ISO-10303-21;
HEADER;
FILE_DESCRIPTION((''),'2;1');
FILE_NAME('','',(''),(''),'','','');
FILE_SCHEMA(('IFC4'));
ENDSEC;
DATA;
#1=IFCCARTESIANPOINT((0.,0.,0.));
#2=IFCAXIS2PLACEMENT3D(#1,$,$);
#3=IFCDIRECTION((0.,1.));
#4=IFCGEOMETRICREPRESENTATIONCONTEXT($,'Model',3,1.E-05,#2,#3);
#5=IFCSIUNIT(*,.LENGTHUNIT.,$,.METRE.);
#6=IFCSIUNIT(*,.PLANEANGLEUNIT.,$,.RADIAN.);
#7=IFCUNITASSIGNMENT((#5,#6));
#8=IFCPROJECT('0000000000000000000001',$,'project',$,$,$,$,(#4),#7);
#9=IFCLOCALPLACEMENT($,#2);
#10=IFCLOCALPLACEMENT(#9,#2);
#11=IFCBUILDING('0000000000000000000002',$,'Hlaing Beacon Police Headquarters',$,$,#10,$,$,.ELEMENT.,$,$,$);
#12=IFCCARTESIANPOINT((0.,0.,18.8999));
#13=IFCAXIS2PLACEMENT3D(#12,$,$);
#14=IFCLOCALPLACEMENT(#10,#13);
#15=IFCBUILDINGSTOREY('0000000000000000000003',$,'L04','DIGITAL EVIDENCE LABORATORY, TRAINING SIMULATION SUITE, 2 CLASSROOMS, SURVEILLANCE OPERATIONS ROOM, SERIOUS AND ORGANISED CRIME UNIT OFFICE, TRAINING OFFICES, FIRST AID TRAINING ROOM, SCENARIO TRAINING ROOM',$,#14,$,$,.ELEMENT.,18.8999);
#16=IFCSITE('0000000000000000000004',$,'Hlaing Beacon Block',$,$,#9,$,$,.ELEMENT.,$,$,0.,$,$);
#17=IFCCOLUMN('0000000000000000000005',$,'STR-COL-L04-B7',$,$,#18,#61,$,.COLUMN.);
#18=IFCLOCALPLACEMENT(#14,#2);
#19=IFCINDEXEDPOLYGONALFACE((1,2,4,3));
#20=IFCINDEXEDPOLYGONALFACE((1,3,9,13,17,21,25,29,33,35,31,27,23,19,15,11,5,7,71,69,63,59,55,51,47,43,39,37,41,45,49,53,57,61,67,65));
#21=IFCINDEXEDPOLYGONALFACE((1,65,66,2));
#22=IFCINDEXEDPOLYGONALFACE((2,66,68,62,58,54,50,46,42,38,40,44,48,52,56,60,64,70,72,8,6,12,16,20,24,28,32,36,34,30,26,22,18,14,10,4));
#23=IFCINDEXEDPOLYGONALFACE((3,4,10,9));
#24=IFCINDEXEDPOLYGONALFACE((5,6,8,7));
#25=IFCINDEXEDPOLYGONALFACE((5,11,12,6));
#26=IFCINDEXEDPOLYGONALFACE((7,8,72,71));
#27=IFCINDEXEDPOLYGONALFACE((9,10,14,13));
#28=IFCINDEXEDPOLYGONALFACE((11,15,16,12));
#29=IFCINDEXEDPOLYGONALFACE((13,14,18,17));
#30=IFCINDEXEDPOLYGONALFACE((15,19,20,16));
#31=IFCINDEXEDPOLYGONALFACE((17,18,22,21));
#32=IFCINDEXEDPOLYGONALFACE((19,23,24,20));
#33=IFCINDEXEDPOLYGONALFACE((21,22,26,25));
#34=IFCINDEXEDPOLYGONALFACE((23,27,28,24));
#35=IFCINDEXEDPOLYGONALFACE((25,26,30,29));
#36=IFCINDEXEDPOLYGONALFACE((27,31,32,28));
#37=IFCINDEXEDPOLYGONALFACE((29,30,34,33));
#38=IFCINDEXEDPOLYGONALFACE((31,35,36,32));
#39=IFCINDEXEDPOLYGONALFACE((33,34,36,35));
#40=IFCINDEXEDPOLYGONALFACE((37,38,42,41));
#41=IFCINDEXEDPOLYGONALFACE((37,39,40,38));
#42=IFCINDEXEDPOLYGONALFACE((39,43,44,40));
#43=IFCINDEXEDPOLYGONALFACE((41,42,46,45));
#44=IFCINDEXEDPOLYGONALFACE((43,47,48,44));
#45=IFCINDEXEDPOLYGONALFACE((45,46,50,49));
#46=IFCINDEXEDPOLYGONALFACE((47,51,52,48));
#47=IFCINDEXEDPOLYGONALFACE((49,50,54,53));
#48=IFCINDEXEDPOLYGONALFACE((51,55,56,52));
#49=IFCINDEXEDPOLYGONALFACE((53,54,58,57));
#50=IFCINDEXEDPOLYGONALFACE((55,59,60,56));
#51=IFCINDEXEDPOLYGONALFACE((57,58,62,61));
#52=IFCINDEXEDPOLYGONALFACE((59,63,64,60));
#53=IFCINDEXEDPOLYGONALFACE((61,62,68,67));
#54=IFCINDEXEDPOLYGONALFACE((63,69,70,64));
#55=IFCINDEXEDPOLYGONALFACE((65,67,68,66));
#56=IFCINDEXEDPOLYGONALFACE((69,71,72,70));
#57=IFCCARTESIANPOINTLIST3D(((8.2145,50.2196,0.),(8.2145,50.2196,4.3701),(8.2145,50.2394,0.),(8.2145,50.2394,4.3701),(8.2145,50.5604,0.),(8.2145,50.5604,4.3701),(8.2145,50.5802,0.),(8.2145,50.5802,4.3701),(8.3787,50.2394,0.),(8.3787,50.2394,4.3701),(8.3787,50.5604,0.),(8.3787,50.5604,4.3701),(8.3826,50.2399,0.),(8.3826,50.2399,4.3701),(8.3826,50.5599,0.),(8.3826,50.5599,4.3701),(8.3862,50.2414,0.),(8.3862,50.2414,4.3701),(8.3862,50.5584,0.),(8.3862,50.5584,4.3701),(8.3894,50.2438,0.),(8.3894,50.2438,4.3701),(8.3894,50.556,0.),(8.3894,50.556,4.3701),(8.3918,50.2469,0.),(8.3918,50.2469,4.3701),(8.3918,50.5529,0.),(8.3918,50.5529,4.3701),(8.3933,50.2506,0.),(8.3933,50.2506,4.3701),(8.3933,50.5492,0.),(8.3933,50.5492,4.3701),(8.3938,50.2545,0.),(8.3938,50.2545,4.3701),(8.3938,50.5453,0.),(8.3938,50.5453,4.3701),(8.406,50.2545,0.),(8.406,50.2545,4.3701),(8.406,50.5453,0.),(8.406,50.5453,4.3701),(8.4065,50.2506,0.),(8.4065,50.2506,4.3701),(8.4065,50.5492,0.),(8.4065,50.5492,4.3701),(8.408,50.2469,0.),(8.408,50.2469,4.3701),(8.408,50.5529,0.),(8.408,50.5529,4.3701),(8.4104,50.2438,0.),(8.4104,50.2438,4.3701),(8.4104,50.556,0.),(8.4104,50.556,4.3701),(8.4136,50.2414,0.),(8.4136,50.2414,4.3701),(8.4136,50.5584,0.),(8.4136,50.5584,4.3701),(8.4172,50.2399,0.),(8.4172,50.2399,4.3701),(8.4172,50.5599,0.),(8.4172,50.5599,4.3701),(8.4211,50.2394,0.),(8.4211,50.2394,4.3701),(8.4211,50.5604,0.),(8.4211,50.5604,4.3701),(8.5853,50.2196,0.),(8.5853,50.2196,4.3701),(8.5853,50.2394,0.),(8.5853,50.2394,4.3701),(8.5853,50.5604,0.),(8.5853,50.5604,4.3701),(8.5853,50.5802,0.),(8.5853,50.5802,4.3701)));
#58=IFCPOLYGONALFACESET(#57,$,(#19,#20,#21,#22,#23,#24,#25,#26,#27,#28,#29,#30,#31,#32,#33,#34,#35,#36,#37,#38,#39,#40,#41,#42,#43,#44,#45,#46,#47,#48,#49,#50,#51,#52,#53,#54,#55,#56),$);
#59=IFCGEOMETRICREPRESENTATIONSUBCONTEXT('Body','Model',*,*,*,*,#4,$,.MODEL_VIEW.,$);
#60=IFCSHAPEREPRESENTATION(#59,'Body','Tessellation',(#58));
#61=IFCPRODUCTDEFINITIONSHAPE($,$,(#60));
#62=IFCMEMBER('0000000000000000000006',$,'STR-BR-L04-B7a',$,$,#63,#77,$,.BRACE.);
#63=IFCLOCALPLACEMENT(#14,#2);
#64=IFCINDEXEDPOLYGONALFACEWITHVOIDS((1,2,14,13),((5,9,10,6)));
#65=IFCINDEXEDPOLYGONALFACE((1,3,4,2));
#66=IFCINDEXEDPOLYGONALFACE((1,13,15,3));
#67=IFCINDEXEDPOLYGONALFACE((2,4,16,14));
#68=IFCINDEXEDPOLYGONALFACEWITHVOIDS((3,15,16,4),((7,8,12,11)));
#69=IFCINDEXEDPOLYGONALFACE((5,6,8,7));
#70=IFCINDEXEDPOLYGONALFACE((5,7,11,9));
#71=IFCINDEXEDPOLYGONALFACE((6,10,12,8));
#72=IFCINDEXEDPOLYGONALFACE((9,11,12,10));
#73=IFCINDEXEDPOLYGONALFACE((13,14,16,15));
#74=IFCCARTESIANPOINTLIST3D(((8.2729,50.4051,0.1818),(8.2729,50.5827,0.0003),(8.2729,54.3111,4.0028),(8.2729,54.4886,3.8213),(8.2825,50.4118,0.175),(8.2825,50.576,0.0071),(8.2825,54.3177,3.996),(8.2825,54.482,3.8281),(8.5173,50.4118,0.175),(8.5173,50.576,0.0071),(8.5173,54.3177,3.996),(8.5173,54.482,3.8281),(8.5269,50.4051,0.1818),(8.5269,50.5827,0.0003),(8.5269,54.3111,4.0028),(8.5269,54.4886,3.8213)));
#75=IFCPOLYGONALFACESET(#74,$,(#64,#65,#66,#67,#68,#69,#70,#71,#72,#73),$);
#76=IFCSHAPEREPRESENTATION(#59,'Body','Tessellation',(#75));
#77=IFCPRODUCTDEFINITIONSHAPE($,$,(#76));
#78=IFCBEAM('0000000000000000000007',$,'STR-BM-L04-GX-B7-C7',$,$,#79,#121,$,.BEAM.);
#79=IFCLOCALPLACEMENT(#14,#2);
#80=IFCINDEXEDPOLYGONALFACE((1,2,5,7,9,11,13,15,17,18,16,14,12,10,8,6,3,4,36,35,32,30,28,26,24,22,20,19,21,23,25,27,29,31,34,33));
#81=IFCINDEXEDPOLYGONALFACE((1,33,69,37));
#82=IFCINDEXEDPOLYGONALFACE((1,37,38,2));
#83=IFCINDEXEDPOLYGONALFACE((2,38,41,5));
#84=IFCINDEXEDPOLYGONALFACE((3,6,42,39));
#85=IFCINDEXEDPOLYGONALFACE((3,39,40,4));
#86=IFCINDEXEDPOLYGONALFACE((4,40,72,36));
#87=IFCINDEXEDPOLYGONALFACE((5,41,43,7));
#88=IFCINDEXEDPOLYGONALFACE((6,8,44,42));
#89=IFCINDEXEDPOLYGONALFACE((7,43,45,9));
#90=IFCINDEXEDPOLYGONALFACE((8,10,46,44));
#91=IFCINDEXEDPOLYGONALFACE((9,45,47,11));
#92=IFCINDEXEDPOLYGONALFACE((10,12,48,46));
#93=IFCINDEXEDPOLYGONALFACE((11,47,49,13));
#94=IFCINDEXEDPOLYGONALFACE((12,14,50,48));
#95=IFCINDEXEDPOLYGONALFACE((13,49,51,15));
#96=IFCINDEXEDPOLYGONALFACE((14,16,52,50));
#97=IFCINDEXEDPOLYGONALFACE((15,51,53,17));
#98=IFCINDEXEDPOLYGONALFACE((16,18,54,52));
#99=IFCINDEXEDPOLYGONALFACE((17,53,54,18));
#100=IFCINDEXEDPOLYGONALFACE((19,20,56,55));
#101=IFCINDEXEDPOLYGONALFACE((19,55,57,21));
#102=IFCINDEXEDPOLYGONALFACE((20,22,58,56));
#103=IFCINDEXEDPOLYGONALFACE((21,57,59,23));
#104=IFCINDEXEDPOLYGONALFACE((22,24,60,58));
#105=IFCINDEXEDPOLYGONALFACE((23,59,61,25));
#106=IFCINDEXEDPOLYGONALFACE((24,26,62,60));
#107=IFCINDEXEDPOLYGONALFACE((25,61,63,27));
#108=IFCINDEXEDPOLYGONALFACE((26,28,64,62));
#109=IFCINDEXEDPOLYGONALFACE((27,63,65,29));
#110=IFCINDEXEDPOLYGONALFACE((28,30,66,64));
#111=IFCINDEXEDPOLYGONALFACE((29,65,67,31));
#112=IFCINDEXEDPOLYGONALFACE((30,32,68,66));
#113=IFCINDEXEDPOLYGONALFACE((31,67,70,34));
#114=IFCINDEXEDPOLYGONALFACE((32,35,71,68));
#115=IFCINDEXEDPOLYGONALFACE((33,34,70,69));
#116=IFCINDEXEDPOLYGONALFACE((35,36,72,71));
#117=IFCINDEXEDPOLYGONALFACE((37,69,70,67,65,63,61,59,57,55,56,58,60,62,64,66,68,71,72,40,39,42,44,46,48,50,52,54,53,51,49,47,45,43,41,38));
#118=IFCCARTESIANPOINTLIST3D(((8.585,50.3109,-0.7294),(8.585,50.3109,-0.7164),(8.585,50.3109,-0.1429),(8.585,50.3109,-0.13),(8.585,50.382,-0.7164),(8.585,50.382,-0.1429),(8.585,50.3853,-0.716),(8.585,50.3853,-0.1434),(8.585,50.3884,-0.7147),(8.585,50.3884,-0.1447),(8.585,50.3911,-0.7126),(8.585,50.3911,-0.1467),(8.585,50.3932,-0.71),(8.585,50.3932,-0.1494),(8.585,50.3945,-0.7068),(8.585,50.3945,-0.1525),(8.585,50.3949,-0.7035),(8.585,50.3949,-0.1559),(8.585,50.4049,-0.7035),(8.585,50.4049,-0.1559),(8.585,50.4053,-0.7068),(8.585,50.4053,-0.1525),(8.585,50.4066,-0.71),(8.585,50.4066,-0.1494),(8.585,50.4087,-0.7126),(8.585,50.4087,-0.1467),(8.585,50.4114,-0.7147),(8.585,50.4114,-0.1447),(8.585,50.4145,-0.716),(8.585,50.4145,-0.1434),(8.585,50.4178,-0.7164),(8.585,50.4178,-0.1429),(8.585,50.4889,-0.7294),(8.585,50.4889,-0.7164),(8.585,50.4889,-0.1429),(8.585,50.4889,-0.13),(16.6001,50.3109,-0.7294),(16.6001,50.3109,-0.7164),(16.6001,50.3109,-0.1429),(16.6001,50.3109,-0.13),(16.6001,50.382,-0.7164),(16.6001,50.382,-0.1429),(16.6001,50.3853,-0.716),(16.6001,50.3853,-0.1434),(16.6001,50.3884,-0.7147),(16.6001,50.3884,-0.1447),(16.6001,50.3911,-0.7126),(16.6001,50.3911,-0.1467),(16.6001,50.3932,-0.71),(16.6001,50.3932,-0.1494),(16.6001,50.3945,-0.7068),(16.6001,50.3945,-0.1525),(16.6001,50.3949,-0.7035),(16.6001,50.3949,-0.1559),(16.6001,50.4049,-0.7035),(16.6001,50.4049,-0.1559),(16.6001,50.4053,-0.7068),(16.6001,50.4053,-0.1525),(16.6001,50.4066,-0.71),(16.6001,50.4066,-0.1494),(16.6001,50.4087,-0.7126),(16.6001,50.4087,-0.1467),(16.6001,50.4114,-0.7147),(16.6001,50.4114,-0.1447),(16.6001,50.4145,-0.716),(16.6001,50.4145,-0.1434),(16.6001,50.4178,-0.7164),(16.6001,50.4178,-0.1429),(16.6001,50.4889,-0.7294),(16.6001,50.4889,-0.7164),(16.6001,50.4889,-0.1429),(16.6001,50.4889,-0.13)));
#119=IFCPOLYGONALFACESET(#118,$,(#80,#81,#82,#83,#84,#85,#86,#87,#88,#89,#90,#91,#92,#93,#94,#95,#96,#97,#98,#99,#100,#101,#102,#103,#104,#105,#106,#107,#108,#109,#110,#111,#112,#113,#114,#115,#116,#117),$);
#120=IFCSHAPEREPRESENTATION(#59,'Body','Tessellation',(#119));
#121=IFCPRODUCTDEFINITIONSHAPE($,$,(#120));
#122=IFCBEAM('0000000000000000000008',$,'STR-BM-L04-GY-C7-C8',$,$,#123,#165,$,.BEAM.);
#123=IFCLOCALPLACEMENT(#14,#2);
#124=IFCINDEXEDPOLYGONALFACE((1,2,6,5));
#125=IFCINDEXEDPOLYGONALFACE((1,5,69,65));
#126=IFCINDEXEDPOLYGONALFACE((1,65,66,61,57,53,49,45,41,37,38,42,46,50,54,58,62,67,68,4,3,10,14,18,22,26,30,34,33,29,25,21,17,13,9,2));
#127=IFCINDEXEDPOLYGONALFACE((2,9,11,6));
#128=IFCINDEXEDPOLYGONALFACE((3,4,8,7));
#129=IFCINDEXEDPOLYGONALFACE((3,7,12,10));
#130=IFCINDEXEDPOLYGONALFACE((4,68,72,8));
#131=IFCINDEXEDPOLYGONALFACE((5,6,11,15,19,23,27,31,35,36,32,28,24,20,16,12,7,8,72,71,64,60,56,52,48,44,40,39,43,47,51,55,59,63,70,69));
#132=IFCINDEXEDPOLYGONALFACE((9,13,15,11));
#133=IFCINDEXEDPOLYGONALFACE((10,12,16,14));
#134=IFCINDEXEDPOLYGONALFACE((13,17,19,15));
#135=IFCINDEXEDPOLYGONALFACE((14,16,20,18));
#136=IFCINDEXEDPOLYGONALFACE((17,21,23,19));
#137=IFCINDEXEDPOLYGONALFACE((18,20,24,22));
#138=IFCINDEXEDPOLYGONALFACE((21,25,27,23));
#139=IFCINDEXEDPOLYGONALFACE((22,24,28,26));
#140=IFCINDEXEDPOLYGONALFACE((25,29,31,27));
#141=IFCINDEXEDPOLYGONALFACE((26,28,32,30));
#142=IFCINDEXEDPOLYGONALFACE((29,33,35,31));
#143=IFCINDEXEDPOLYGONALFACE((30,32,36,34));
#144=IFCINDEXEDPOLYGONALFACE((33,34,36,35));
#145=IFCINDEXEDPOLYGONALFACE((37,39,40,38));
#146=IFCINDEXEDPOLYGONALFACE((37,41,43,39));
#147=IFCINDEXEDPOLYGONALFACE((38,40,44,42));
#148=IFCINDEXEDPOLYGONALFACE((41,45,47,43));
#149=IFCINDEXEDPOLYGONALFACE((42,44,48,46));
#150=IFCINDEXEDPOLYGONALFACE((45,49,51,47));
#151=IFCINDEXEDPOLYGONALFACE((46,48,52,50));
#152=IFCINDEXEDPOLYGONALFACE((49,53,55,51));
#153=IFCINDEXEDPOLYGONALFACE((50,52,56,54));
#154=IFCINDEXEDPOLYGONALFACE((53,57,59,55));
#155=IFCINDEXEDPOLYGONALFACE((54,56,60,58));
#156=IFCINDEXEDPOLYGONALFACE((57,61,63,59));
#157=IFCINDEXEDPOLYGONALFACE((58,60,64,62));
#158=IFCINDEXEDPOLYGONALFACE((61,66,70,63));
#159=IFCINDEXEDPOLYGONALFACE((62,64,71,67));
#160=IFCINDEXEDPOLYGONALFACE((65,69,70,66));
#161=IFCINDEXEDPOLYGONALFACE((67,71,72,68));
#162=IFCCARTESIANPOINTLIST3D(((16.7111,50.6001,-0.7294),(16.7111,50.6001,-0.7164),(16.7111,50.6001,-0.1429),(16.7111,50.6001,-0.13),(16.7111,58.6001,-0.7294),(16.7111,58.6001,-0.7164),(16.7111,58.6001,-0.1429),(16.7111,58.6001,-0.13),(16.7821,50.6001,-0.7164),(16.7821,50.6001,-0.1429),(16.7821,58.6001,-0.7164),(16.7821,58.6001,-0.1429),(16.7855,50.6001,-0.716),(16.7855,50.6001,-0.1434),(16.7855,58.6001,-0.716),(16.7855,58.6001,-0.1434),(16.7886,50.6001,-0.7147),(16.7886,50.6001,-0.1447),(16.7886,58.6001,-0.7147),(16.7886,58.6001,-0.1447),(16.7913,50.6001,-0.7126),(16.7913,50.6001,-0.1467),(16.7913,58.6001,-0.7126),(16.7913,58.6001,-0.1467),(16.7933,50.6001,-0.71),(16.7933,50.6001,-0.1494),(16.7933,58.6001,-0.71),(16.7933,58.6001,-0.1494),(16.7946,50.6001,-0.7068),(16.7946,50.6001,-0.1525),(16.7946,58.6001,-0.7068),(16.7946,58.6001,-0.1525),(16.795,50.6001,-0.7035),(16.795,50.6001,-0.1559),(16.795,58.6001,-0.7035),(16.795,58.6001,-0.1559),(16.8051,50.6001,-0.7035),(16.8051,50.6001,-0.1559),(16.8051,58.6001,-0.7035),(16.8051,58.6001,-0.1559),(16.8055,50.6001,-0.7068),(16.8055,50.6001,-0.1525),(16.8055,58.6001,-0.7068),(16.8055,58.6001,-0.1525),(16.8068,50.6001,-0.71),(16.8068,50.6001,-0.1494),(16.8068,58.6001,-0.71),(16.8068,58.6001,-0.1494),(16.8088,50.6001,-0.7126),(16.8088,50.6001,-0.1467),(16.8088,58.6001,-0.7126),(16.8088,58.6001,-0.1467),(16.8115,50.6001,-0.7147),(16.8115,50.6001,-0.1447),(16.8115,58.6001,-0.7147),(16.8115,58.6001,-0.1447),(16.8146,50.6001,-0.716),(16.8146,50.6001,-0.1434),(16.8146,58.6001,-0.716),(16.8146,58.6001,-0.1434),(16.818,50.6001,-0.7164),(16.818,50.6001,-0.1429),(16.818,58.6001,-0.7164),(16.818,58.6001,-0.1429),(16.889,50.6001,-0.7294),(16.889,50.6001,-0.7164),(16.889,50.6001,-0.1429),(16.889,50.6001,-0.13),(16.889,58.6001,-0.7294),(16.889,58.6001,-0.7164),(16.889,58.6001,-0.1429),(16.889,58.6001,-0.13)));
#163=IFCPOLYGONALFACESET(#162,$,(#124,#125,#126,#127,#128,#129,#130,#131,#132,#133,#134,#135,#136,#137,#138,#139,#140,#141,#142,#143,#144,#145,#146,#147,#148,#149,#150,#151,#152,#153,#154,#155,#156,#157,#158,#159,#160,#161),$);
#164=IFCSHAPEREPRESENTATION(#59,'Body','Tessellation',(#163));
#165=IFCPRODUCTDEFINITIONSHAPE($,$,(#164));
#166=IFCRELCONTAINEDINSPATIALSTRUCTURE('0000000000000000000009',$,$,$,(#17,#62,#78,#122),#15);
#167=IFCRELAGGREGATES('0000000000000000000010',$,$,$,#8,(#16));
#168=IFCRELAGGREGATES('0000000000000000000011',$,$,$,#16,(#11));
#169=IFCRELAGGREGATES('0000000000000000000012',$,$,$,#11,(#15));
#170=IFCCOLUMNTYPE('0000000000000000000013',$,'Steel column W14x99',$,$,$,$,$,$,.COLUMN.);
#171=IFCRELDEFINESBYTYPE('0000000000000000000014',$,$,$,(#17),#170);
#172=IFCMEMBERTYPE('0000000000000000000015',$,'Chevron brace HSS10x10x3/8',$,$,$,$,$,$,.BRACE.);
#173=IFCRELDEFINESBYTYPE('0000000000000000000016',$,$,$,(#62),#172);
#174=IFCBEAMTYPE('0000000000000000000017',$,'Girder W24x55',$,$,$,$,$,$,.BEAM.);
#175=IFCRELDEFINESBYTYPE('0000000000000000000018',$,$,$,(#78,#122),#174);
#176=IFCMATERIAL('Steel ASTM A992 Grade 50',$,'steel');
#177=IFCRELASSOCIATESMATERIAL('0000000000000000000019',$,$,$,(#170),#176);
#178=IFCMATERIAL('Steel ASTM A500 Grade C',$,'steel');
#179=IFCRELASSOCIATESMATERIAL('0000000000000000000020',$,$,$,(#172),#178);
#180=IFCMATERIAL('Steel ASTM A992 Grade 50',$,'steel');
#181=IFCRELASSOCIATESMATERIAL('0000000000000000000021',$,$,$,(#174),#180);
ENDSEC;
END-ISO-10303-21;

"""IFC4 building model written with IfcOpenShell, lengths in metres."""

from ifc_helpers import new_model, si_unit, direction, frame, origin, origin_2d, place, context, subcontext, project, spatial, hollow_rectangle, i_section, extrude, material, material_profile, profile_set, type_object, element, save


model = new_model("IFC4")

# Units and contexts
model_context = context("Model", 3, precision=1e-05, world=origin(), true_north=direction((0.0, 1.0)))
body_context = subcontext(model_context, "Body", "Model", "MODEL_VIEW")
ifc_project = project(units=[si_unit("LENGTHUNIT", "METRE"), si_unit("PLANEANGLEUNIT", "RADIAN")], contexts=[model_context])

# Site, building, storey
site_placement = place(None, origin())
site = spatial("IfcSite", under=ifc_project, at=site_placement, Name="Hlaing Beacon Block", CompositionType="ELEMENT", RefElevation=0.0)
building_placement = place(site_placement, origin())
building = spatial("IfcBuilding", under=site, at=building_placement, Name="Hlaing Beacon Police Headquarters", CompositionType="ELEMENT")
storey_placement = place(building_placement, frame((0.0, 0.0, 18.8999)))
storey = spatial("IfcBuildingStorey", under=building, at=storey_placement, Name="L04", Description="DIGITAL EVIDENCE LABORATORY, TRAINING SIMULATION SUITE, 2 CLASSROOMS, SURVEILLANCE OPERATIONS ROOM, SERIOUS AND ORGANISED CRIME UNIT OFFICE, TRAINING OFFICES, FIRST AID TRAINING ROOM, SCENARIO TRAINING ROOM", CompositionType="ELEMENT", Elevation=18.8999)

# Column
ifc_material_1 = material(Name="Steel ASTM A992 Grade 50", Category="steel")
ifc_material_profile_1 = material_profile(ifc_material_1, i_section(OverallWidth=0.3708, OverallDepth=0.3606, WebThickness=0.0122, FlangeThickness=0.0198, FilletRadius=0.0151, at=origin_2d()), Name="W14x99")
ifc_profile_set_1 = profile_set([ifc_material_profile_1], Name="Steel ASTM A992 Grade 50")
column_type = type_object("IfcColumnType", Name="Steel column W14x99", PredefinedType="COLUMN", material=ifc_profile_set_1)
column_placement = place(storey_placement, frame((8.3999, 50.3999, 0.0), z_axis=(0.0, 0.0, 1.0), x_axis=(1.0, 0.0, 0.0)))
element("IfcColumn", 1, at=column_placement, inside=storey, type_object=column_type, Name="STR-COL-L04-B7", PredefinedType="COLUMN", context=body_context, shape_type="SweptSolid", body=[
    extrude(i_section(OverallWidth=0.3708, OverallDepth=0.3606, WebThickness=0.0122, FlangeThickness=0.0198, FilletRadius=0.0151, at=origin_2d()), origin(), (0.0, 0.0, 1.0), 4.3701),
])

# Member
ifc_material_2 = material(Name="Steel ASTM A500 Grade C", Category="steel")
ifc_material_profile_2 = material_profile(ifc_material_2, hollow_rectangle(XDim=0.2539, YDim=0.2539, WallThickness=0.0095, at=origin_2d()), Name="HSS10x10x3/8")
ifc_profile_set_2 = profile_set([ifc_material_profile_2], Name="Steel ASTM A500 Grade C")
member_type = type_object("IfcMemberType", Name="Chevron brace HSS10x10x3/8", PredefinedType="BRACE", material=ifc_profile_set_2)
member_placement = place(storey_placement, frame((8.3999, 50.4939, 0.0911), z_axis=(0.0, 0.714838, 0.69929), x_axis=(-1.0, 0.0, 0.0)))
element("IfcMember", 2, at=member_placement, inside=storey, type_object=member_type, Name="STR-BR-L04-B7a", PredefinedType="BRACE", context=body_context, shape_type="SweptSolid", body=[
    extrude(hollow_rectangle(XDim=0.2539, YDim=0.2539, WallThickness=0.0095, at=origin_2d()), origin(), (0.0, 0.0, 1.0), 5.4641),
])

# Beams
ifc_material_3 = material(Name="Steel ASTM A992 Grade 50", Category="steel")
ifc_material_profile_3 = material_profile(ifc_material_3, i_section(OverallWidth=0.178, OverallDepth=0.5994, WebThickness=0.01, FlangeThickness=0.0129, FilletRadius=0.0129, at=origin_2d()), Name="W24x55")
ifc_profile_set_3 = profile_set([ifc_material_profile_3], Name="Steel ASTM A992 Grade 50")
beam_type_1 = type_object("IfcBeamType", Name="Girder W24x55", PredefinedType="BEAM", material=ifc_profile_set_3)
beam_1_placement = place(storey_placement, frame((8.585, 50.3999, -0.4297), z_axis=(1.0, 0.0, 0.0), x_axis=(0.0, 1.0, 0.0)))
element("IfcBeam", 3, at=beam_1_placement, inside=storey, type_object=beam_type_1, Name="STR-BM-L04-GX-B7-C7", PredefinedType="BEAM", context=body_context, shape_type="SweptSolid", body=[
    extrude(i_section(OverallWidth=0.178, OverallDepth=0.5994, WebThickness=0.01, FlangeThickness=0.0129, FilletRadius=0.0129, at=origin_2d()), origin(), (0.0, 0.0, 1.0), 8.0151),
])
beam_2_placement = place(storey_placement, frame((16.8, 50.6001, -0.4297), z_axis=(0.0, 1.0, 0.0), x_axis=(-1.0, 0.0, 0.0)))
element("IfcBeam", 4, at=beam_2_placement, inside=storey, type_object=beam_type_1, Name="STR-BM-L04-GY-C7-C8", PredefinedType="BEAM", context=body_context, shape_type="SweptSolid", body=[
    extrude(i_section(OverallWidth=0.178, OverallDepth=0.5994, WebThickness=0.01, FlangeThickness=0.0129, FilletRadius=0.0129, at=origin_2d()), origin(), (0.0, 0.0, 1.0), 8.0),
])

save(model, "model.ifc")
